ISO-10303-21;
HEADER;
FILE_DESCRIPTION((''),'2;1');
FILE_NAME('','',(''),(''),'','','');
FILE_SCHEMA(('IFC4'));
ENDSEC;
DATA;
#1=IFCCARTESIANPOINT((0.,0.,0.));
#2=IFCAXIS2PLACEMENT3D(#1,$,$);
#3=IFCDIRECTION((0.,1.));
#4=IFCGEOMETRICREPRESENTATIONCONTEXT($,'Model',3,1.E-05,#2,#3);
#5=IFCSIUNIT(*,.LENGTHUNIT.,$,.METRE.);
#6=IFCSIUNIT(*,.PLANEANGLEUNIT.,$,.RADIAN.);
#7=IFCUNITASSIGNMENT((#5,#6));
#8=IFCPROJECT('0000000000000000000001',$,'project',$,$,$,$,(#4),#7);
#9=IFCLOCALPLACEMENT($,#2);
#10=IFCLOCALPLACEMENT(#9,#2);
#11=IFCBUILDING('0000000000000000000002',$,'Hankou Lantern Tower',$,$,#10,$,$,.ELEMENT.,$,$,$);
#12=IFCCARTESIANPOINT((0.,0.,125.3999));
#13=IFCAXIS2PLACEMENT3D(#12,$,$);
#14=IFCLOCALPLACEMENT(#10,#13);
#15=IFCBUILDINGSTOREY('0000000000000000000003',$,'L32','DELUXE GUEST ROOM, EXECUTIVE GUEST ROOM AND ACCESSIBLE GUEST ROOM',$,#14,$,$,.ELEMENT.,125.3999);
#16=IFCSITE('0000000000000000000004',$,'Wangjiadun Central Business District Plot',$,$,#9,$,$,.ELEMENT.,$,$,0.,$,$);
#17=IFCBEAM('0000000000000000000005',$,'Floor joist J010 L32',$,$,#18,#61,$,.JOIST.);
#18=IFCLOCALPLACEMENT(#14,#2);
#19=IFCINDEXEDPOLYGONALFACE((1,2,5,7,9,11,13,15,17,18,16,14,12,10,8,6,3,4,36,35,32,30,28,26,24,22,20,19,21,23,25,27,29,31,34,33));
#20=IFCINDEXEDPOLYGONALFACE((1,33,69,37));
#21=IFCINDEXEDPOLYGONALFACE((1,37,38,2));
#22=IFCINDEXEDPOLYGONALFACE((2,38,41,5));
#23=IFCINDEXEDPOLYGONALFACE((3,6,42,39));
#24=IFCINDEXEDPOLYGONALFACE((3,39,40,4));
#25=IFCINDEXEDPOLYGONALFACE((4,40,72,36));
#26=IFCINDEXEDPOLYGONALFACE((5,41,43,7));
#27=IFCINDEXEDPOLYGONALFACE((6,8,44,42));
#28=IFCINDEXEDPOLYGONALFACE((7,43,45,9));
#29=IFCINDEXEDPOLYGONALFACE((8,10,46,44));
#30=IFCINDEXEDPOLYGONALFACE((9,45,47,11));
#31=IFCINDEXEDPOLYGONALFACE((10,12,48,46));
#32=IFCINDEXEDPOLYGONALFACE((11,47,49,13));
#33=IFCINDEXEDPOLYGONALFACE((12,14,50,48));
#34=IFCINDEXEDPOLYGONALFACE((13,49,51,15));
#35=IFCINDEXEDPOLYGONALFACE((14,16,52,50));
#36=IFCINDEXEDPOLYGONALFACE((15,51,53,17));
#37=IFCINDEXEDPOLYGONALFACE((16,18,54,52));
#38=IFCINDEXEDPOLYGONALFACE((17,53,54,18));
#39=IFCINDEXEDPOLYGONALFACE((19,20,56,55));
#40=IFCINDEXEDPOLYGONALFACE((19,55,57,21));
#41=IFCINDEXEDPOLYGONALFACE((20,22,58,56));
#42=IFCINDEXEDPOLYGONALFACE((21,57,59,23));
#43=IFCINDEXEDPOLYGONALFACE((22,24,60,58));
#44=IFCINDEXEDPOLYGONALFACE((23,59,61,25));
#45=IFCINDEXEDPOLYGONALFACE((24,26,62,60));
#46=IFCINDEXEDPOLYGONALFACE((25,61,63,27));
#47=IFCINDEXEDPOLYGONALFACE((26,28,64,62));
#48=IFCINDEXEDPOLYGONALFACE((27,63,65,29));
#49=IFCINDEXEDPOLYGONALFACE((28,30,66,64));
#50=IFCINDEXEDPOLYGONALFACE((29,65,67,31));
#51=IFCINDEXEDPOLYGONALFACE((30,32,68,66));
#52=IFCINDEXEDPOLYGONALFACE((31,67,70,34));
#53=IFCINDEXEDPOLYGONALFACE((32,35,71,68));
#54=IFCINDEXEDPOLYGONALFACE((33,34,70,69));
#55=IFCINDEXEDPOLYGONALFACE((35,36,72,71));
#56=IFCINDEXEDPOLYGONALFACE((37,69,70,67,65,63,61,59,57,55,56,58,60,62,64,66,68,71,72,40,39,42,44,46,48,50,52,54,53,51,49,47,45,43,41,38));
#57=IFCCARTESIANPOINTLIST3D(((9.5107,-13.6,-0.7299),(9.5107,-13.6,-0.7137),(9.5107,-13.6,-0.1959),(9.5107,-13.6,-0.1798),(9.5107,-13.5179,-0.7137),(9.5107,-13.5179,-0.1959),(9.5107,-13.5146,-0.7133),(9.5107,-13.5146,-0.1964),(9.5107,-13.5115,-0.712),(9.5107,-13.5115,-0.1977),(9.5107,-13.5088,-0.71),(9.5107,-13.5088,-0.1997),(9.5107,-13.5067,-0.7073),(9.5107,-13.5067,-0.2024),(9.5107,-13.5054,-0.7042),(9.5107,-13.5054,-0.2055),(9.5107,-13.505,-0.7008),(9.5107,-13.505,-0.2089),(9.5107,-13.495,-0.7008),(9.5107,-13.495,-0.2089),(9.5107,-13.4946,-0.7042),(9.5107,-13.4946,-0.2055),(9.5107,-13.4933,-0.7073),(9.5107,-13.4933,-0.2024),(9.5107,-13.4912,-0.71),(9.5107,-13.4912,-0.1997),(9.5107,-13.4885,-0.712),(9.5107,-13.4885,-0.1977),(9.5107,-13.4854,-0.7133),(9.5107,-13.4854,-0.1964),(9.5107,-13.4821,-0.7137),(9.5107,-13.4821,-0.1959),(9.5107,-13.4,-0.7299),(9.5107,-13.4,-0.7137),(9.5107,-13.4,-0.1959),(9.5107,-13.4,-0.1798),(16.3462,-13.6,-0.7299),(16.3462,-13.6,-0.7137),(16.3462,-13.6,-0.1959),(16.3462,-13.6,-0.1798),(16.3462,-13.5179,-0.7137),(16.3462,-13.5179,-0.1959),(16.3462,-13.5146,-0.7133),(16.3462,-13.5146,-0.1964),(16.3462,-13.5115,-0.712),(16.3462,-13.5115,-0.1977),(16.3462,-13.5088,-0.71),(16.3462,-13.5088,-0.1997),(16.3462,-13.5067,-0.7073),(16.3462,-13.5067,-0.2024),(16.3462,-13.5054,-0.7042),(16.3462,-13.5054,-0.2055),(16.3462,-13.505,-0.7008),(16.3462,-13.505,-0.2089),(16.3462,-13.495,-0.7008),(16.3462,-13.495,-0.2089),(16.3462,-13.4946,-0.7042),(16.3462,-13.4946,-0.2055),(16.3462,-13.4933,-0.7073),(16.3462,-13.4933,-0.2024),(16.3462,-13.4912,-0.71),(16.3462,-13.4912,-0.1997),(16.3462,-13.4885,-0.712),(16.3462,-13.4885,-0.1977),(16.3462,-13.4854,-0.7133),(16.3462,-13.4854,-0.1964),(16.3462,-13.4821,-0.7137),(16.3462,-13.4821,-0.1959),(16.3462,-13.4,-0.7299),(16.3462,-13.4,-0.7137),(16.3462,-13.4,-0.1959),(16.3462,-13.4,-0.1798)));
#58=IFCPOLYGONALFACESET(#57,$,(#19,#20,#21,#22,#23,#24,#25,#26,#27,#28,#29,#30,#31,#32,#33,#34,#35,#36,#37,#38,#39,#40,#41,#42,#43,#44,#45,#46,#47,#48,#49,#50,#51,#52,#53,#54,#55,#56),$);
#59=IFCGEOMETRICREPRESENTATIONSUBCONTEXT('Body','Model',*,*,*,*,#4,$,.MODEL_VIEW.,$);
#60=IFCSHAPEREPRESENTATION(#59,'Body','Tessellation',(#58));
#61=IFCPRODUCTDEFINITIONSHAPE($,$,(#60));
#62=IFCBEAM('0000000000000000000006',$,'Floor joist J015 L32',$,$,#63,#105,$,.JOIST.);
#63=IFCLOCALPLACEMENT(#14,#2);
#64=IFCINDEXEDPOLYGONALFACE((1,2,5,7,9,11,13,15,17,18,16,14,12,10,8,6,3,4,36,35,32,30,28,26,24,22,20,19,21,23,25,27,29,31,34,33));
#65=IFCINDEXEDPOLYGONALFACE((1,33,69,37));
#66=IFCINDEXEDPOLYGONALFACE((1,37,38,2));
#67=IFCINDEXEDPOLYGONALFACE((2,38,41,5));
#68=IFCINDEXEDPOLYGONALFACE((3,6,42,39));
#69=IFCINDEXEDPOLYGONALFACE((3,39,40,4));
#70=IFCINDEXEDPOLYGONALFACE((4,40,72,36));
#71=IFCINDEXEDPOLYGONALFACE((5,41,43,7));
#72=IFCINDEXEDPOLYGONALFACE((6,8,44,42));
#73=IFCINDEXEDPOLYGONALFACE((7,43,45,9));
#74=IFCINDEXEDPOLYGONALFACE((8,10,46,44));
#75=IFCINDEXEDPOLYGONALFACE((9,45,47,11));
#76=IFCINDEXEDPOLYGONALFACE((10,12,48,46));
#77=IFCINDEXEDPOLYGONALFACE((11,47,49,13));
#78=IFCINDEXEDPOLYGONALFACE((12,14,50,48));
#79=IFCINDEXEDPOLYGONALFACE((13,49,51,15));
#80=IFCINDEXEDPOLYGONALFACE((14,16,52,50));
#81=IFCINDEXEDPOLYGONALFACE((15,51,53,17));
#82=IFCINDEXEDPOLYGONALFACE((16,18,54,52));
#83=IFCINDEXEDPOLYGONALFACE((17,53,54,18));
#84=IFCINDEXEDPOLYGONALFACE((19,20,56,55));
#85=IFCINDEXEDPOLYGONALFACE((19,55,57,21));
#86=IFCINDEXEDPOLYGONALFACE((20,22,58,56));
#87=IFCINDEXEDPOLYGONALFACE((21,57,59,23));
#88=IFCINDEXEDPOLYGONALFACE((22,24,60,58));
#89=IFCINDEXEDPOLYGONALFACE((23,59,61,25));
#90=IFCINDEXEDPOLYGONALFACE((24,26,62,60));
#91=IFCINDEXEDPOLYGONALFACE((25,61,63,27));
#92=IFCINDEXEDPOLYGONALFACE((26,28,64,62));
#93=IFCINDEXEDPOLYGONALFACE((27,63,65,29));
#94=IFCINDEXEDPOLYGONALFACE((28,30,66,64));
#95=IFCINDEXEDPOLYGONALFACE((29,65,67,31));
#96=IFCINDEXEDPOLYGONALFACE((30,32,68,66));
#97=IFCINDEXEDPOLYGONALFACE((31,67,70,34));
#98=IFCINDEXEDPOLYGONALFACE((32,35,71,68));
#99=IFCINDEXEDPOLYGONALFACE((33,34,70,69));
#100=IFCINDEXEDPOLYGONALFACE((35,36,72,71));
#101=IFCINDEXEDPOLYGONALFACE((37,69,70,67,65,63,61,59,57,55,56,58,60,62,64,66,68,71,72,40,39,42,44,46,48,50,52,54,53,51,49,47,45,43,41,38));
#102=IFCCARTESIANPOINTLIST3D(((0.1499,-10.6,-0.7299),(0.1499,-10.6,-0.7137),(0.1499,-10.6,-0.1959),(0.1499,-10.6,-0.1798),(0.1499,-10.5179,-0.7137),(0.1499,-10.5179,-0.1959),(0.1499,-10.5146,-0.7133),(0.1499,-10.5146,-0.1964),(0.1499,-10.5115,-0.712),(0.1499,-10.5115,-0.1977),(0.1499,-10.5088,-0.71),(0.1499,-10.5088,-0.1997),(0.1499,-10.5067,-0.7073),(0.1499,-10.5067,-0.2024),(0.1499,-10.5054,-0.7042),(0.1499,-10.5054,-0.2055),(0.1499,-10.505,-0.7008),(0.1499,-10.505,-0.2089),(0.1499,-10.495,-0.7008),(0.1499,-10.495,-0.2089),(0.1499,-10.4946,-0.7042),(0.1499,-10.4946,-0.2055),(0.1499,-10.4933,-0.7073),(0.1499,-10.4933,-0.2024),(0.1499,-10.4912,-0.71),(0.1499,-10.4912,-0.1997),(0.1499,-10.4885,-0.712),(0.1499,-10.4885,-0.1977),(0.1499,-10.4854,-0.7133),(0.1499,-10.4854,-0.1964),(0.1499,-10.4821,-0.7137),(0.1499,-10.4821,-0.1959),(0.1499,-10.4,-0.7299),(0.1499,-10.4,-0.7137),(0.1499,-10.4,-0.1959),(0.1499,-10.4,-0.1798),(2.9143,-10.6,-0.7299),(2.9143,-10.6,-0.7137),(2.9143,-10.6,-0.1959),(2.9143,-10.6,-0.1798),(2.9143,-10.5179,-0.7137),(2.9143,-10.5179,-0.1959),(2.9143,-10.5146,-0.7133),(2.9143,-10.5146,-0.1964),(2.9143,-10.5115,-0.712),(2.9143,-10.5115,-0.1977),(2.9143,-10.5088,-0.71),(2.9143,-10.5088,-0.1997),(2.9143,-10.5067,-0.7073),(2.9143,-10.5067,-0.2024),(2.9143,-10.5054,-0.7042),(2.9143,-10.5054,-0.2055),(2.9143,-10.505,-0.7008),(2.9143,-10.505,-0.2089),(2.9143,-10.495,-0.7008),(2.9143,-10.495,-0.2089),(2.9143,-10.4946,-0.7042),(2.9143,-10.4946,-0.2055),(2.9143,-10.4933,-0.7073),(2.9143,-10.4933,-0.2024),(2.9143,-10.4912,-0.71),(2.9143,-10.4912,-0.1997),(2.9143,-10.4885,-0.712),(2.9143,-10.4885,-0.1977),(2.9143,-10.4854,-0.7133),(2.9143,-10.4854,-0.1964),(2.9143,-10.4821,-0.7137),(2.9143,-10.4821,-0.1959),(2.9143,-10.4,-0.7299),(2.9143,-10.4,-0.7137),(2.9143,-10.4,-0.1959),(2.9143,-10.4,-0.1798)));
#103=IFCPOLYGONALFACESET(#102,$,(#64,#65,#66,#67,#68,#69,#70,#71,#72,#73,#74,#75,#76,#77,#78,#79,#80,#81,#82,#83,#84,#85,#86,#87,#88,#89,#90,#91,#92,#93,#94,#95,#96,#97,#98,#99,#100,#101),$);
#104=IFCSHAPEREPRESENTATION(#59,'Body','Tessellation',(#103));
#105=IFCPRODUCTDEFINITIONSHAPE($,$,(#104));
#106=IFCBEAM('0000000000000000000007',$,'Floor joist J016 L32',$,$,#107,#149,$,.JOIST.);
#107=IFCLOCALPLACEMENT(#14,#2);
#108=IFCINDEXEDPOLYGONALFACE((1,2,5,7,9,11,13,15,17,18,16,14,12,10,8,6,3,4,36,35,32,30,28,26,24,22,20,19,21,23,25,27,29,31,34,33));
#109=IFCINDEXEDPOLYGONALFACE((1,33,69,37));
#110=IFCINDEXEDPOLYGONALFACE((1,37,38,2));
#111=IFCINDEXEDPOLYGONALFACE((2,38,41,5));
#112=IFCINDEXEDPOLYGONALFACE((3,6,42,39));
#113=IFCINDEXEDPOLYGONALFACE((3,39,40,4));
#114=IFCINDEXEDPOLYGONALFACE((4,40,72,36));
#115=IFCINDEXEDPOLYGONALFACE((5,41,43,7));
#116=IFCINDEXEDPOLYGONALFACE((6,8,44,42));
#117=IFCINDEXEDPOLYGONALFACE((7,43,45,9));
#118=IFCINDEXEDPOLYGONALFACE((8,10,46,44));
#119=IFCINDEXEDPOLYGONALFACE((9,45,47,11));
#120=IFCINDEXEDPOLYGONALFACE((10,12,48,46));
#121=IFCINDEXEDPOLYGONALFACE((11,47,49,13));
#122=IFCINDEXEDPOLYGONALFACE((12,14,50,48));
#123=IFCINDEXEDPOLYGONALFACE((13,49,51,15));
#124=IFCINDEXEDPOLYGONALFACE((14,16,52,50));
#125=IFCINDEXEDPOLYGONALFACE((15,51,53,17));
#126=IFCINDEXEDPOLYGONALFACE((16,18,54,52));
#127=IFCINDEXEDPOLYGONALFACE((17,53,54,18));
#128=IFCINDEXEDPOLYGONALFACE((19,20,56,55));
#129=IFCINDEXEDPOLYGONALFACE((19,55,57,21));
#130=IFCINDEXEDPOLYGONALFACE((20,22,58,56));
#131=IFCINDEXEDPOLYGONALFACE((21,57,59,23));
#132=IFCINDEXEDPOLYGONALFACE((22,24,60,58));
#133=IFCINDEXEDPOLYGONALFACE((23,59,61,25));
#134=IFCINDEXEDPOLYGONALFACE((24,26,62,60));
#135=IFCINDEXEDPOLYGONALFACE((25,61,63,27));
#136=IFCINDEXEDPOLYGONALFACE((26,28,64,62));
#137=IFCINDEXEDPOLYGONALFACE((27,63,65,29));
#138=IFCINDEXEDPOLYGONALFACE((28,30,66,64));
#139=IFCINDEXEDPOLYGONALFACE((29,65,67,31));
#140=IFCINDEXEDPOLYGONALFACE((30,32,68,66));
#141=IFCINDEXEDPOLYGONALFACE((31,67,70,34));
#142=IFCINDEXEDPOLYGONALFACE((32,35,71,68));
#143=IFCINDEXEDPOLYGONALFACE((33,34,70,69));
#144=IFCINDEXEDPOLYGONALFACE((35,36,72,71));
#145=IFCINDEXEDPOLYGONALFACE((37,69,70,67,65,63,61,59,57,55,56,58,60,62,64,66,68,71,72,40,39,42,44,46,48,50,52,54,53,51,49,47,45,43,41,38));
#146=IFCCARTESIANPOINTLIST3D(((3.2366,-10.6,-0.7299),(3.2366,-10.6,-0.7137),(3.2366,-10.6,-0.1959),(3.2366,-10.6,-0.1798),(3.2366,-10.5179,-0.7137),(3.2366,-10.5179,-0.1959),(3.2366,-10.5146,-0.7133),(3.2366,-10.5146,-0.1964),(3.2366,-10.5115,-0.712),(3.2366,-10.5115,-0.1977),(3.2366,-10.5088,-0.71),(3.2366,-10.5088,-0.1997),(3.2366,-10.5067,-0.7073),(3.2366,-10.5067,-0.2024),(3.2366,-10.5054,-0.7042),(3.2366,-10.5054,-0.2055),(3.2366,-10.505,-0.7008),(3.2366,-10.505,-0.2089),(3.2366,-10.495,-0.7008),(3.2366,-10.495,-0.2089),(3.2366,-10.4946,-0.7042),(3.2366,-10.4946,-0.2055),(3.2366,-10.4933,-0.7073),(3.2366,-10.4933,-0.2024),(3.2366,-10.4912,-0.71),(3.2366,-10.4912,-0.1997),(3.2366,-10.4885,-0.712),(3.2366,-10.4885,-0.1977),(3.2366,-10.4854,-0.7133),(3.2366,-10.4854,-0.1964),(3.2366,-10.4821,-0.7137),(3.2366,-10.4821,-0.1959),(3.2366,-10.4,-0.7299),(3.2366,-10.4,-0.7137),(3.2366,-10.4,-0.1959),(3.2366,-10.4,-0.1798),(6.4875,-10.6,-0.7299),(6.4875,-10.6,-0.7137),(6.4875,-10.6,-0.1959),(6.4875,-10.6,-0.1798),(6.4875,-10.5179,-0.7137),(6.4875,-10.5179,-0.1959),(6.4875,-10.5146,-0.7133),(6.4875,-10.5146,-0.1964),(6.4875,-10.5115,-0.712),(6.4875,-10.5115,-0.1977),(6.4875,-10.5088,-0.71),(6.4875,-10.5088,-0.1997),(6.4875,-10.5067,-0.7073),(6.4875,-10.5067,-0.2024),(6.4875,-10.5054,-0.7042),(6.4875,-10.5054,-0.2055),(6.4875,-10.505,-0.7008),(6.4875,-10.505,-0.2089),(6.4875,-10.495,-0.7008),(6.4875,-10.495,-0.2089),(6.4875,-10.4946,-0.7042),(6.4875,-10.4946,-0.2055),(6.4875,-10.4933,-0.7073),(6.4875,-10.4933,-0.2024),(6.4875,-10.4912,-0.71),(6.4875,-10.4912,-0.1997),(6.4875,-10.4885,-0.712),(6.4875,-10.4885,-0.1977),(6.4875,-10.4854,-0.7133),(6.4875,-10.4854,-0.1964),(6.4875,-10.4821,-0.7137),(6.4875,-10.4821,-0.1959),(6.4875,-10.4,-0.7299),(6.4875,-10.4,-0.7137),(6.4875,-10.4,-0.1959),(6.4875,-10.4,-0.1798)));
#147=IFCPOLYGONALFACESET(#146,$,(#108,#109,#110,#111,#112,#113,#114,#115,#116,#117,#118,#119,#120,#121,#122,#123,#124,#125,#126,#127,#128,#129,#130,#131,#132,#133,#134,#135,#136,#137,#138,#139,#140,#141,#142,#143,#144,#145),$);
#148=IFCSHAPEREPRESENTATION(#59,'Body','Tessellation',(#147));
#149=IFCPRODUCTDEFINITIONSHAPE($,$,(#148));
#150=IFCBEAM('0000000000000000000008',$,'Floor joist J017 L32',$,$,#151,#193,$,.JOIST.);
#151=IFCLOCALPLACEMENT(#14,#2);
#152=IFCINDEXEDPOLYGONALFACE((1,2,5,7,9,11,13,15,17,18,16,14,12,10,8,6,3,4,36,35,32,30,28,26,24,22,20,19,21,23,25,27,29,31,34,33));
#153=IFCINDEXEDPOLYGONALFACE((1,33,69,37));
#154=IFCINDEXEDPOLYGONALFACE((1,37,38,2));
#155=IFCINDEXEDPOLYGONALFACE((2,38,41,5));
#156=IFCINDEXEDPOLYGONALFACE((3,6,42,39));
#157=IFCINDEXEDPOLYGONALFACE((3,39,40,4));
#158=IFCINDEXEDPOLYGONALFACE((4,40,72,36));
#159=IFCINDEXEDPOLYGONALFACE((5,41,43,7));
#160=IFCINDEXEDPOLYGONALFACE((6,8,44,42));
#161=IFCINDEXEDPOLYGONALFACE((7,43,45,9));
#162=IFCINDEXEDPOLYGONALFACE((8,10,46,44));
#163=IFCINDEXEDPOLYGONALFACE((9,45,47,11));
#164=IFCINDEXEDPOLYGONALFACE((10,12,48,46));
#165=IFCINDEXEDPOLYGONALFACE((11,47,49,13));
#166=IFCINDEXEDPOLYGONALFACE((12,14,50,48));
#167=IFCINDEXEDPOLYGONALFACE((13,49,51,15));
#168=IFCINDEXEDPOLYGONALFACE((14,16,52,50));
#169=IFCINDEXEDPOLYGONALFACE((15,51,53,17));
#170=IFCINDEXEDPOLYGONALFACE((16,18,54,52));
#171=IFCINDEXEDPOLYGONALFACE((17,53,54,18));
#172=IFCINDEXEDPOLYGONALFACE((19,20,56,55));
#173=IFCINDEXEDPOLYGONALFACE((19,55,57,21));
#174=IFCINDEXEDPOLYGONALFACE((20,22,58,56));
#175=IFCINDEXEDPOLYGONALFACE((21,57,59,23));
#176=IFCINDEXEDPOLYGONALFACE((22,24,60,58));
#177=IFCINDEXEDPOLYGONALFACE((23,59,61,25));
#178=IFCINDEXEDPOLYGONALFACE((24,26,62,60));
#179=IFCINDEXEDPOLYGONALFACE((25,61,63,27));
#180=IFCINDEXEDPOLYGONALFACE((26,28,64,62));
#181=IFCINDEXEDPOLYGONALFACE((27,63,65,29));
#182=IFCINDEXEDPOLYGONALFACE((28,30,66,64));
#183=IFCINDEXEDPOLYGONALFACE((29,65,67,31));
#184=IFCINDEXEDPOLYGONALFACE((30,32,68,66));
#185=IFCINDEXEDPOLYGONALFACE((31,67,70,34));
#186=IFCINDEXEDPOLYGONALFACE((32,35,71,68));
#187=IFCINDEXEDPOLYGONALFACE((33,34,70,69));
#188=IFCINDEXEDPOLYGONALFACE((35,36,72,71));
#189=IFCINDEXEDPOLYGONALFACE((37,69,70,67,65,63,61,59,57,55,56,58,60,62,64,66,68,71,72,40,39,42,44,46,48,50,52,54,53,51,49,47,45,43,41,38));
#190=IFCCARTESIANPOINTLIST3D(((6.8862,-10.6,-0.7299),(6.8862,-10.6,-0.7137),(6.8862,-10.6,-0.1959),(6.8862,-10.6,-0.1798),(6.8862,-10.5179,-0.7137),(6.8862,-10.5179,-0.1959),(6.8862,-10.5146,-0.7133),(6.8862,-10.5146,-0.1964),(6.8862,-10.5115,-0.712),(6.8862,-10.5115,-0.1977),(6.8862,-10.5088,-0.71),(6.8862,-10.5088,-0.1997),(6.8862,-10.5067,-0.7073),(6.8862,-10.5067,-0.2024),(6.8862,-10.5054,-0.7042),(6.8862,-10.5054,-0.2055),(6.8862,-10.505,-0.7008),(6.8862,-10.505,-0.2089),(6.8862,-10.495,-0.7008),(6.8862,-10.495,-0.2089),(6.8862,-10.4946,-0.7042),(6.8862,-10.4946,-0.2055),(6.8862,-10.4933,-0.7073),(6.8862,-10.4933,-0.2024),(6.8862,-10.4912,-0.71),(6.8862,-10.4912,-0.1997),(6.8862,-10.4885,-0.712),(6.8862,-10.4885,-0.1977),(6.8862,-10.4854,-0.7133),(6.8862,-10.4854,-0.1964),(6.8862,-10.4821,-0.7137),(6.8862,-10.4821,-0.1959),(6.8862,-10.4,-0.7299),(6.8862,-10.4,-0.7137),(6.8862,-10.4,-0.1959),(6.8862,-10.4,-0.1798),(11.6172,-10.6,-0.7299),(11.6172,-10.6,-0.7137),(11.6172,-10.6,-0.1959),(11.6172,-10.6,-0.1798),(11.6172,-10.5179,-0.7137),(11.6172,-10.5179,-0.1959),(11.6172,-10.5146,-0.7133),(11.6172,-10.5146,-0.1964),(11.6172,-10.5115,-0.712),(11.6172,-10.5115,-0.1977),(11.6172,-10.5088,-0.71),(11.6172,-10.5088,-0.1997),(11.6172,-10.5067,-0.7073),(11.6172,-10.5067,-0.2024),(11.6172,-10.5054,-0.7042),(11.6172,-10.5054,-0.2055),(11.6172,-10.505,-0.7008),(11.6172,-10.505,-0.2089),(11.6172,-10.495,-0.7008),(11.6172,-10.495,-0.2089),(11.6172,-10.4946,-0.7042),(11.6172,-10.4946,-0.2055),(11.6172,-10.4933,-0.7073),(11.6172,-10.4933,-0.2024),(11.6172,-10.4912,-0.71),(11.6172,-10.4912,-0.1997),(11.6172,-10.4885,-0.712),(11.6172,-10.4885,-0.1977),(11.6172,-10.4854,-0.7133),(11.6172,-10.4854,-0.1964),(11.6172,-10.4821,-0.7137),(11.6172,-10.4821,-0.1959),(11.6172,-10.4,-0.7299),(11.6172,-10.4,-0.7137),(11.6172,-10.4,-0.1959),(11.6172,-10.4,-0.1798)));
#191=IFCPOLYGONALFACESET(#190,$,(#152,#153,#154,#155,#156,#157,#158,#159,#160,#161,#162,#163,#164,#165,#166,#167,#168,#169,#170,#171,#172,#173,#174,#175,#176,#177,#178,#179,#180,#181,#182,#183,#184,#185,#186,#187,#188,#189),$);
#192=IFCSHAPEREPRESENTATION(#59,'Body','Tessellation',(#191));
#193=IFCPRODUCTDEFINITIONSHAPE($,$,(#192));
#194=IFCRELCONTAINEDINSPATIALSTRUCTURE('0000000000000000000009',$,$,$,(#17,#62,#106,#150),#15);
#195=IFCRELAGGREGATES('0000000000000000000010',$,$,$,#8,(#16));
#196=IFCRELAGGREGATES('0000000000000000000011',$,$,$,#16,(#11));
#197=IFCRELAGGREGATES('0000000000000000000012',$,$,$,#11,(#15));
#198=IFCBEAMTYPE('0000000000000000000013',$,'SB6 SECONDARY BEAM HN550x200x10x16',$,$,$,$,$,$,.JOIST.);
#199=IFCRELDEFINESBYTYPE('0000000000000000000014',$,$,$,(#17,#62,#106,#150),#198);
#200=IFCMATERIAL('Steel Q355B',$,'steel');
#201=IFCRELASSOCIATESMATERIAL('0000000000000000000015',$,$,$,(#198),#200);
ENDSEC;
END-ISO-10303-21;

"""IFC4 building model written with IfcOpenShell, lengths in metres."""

from ifc_helpers import new_model, si_unit, direction, frame, origin, origin_2d, place, context, subcontext, project, spatial, i_section, extrude, material, material_profile, profile_set, type_object, element, save


model = new_model("IFC4")

# Units and contexts
model_context = context("Model", 3, precision=1e-05, world=origin(), true_north=direction((0.0, 1.0)))
body_context = subcontext(model_context, "Body", "Model", "MODEL_VIEW")
ifc_project = project(units=[si_unit("LENGTHUNIT", "METRE"), si_unit("PLANEANGLEUNIT", "RADIAN")], contexts=[model_context])

# Site, building, storey
site_placement = place(None, origin())
site = spatial("IfcSite", under=ifc_project, at=site_placement, Name="Wangjiadun Central Business District Plot", CompositionType="ELEMENT", RefElevation=0.0)
building_placement = place(site_placement, origin())
building = spatial("IfcBuilding", under=site, at=building_placement, Name="Hankou Lantern Tower", CompositionType="ELEMENT")
storey_placement = place(building_placement, frame((0.0, 0.0, 125.3999)))
storey = spatial("IfcBuildingStorey", under=building, at=storey_placement, Name="L32", Description="DELUXE GUEST ROOM, EXECUTIVE GUEST ROOM AND ACCESSIBLE GUEST ROOM", CompositionType="ELEMENT", Elevation=125.3999)

# Beams
ifc_material_1 = material(Name="Steel Q355B", Category="steel")
ifc_material_profile_1 = material_profile(ifc_material_1, i_section(OverallWidth=0.2, OverallDepth=0.55, WebThickness=0.01, FlangeThickness=0.0161, FilletRadius=0.0129, at=origin_2d()), Name="HN550x200x10x16")
ifc_profile_set_1 = profile_set([ifc_material_profile_1], Name="Steel Q355B")
beam_type_1 = type_object("IfcBeamType", Name="SB6 SECONDARY BEAM HN550x200x10x16", PredefinedType="JOIST", material=ifc_profile_set_1)
beam_1_placement = place(storey_placement, frame((9.5107, -13.5, -0.4548), z_axis=(1.0, 0.0, 0.0), x_axis=(0.0, 1.0, 0.0)))
element("IfcBeam", 1, at=beam_1_placement, inside=storey, type_object=beam_type_1, Name="Floor joist J010 L32", PredefinedType="JOIST", context=body_context, shape_type="SweptSolid", body=[
    extrude(i_section(OverallWidth=0.2, OverallDepth=0.55, WebThickness=0.01, FlangeThickness=0.0161, FilletRadius=0.0129, at=origin_2d()), origin(), (0.0, 0.0, 1.0), 6.8354),
])
beam_2_placement = place(storey_placement, frame((0.1499, -10.5, -0.4548), z_axis=(1.0, 0.0, 0.0), x_axis=(0.0, 1.0, 0.0)))
element("IfcBeam", 2, at=beam_2_placement, inside=storey, type_object=beam_type_1, Name="Floor joist J015 L32", PredefinedType="JOIST", context=body_context, shape_type="SweptSolid", body=[
    extrude(i_section(OverallWidth=0.2, OverallDepth=0.55, WebThickness=0.01, FlangeThickness=0.0161, FilletRadius=0.0129, at=origin_2d()), origin(), (0.0, 0.0, 1.0), 2.7644),
])
beam_3_placement = place(storey_placement, frame((3.2366, -10.5, -0.4548), z_axis=(1.0, 0.0, 0.0), x_axis=(0.0, 1.0, 0.0)))
element("IfcBeam", 3, at=beam_3_placement, inside=storey, type_object=beam_type_1, Name="Floor joist J016 L32", PredefinedType="JOIST", context=body_context, shape_type="SweptSolid", body=[
    extrude(i_section(OverallWidth=0.2, OverallDepth=0.55, WebThickness=0.01, FlangeThickness=0.0161, FilletRadius=0.0129, at=origin_2d()), origin(), (0.0, 0.0, 1.0), 3.251),
])
beam_4_placement = place(storey_placement, frame((6.8862, -10.5, -0.4548), z_axis=(1.0, 0.0, 0.0), x_axis=(0.0, 1.0, 0.0)))
element("IfcBeam", 4, at=beam_4_placement, inside=storey, type_object=beam_type_1, Name="Floor joist J017 L32", PredefinedType="JOIST", context=body_context, shape_type="SweptSolid", body=[
    extrude(i_section(OverallWidth=0.2, OverallDepth=0.55, WebThickness=0.01, FlangeThickness=0.0161, FilletRadius=0.0129, at=origin_2d()), origin(), (0.0, 0.0, 1.0), 4.731),
])

save(model, "model.ifc")
